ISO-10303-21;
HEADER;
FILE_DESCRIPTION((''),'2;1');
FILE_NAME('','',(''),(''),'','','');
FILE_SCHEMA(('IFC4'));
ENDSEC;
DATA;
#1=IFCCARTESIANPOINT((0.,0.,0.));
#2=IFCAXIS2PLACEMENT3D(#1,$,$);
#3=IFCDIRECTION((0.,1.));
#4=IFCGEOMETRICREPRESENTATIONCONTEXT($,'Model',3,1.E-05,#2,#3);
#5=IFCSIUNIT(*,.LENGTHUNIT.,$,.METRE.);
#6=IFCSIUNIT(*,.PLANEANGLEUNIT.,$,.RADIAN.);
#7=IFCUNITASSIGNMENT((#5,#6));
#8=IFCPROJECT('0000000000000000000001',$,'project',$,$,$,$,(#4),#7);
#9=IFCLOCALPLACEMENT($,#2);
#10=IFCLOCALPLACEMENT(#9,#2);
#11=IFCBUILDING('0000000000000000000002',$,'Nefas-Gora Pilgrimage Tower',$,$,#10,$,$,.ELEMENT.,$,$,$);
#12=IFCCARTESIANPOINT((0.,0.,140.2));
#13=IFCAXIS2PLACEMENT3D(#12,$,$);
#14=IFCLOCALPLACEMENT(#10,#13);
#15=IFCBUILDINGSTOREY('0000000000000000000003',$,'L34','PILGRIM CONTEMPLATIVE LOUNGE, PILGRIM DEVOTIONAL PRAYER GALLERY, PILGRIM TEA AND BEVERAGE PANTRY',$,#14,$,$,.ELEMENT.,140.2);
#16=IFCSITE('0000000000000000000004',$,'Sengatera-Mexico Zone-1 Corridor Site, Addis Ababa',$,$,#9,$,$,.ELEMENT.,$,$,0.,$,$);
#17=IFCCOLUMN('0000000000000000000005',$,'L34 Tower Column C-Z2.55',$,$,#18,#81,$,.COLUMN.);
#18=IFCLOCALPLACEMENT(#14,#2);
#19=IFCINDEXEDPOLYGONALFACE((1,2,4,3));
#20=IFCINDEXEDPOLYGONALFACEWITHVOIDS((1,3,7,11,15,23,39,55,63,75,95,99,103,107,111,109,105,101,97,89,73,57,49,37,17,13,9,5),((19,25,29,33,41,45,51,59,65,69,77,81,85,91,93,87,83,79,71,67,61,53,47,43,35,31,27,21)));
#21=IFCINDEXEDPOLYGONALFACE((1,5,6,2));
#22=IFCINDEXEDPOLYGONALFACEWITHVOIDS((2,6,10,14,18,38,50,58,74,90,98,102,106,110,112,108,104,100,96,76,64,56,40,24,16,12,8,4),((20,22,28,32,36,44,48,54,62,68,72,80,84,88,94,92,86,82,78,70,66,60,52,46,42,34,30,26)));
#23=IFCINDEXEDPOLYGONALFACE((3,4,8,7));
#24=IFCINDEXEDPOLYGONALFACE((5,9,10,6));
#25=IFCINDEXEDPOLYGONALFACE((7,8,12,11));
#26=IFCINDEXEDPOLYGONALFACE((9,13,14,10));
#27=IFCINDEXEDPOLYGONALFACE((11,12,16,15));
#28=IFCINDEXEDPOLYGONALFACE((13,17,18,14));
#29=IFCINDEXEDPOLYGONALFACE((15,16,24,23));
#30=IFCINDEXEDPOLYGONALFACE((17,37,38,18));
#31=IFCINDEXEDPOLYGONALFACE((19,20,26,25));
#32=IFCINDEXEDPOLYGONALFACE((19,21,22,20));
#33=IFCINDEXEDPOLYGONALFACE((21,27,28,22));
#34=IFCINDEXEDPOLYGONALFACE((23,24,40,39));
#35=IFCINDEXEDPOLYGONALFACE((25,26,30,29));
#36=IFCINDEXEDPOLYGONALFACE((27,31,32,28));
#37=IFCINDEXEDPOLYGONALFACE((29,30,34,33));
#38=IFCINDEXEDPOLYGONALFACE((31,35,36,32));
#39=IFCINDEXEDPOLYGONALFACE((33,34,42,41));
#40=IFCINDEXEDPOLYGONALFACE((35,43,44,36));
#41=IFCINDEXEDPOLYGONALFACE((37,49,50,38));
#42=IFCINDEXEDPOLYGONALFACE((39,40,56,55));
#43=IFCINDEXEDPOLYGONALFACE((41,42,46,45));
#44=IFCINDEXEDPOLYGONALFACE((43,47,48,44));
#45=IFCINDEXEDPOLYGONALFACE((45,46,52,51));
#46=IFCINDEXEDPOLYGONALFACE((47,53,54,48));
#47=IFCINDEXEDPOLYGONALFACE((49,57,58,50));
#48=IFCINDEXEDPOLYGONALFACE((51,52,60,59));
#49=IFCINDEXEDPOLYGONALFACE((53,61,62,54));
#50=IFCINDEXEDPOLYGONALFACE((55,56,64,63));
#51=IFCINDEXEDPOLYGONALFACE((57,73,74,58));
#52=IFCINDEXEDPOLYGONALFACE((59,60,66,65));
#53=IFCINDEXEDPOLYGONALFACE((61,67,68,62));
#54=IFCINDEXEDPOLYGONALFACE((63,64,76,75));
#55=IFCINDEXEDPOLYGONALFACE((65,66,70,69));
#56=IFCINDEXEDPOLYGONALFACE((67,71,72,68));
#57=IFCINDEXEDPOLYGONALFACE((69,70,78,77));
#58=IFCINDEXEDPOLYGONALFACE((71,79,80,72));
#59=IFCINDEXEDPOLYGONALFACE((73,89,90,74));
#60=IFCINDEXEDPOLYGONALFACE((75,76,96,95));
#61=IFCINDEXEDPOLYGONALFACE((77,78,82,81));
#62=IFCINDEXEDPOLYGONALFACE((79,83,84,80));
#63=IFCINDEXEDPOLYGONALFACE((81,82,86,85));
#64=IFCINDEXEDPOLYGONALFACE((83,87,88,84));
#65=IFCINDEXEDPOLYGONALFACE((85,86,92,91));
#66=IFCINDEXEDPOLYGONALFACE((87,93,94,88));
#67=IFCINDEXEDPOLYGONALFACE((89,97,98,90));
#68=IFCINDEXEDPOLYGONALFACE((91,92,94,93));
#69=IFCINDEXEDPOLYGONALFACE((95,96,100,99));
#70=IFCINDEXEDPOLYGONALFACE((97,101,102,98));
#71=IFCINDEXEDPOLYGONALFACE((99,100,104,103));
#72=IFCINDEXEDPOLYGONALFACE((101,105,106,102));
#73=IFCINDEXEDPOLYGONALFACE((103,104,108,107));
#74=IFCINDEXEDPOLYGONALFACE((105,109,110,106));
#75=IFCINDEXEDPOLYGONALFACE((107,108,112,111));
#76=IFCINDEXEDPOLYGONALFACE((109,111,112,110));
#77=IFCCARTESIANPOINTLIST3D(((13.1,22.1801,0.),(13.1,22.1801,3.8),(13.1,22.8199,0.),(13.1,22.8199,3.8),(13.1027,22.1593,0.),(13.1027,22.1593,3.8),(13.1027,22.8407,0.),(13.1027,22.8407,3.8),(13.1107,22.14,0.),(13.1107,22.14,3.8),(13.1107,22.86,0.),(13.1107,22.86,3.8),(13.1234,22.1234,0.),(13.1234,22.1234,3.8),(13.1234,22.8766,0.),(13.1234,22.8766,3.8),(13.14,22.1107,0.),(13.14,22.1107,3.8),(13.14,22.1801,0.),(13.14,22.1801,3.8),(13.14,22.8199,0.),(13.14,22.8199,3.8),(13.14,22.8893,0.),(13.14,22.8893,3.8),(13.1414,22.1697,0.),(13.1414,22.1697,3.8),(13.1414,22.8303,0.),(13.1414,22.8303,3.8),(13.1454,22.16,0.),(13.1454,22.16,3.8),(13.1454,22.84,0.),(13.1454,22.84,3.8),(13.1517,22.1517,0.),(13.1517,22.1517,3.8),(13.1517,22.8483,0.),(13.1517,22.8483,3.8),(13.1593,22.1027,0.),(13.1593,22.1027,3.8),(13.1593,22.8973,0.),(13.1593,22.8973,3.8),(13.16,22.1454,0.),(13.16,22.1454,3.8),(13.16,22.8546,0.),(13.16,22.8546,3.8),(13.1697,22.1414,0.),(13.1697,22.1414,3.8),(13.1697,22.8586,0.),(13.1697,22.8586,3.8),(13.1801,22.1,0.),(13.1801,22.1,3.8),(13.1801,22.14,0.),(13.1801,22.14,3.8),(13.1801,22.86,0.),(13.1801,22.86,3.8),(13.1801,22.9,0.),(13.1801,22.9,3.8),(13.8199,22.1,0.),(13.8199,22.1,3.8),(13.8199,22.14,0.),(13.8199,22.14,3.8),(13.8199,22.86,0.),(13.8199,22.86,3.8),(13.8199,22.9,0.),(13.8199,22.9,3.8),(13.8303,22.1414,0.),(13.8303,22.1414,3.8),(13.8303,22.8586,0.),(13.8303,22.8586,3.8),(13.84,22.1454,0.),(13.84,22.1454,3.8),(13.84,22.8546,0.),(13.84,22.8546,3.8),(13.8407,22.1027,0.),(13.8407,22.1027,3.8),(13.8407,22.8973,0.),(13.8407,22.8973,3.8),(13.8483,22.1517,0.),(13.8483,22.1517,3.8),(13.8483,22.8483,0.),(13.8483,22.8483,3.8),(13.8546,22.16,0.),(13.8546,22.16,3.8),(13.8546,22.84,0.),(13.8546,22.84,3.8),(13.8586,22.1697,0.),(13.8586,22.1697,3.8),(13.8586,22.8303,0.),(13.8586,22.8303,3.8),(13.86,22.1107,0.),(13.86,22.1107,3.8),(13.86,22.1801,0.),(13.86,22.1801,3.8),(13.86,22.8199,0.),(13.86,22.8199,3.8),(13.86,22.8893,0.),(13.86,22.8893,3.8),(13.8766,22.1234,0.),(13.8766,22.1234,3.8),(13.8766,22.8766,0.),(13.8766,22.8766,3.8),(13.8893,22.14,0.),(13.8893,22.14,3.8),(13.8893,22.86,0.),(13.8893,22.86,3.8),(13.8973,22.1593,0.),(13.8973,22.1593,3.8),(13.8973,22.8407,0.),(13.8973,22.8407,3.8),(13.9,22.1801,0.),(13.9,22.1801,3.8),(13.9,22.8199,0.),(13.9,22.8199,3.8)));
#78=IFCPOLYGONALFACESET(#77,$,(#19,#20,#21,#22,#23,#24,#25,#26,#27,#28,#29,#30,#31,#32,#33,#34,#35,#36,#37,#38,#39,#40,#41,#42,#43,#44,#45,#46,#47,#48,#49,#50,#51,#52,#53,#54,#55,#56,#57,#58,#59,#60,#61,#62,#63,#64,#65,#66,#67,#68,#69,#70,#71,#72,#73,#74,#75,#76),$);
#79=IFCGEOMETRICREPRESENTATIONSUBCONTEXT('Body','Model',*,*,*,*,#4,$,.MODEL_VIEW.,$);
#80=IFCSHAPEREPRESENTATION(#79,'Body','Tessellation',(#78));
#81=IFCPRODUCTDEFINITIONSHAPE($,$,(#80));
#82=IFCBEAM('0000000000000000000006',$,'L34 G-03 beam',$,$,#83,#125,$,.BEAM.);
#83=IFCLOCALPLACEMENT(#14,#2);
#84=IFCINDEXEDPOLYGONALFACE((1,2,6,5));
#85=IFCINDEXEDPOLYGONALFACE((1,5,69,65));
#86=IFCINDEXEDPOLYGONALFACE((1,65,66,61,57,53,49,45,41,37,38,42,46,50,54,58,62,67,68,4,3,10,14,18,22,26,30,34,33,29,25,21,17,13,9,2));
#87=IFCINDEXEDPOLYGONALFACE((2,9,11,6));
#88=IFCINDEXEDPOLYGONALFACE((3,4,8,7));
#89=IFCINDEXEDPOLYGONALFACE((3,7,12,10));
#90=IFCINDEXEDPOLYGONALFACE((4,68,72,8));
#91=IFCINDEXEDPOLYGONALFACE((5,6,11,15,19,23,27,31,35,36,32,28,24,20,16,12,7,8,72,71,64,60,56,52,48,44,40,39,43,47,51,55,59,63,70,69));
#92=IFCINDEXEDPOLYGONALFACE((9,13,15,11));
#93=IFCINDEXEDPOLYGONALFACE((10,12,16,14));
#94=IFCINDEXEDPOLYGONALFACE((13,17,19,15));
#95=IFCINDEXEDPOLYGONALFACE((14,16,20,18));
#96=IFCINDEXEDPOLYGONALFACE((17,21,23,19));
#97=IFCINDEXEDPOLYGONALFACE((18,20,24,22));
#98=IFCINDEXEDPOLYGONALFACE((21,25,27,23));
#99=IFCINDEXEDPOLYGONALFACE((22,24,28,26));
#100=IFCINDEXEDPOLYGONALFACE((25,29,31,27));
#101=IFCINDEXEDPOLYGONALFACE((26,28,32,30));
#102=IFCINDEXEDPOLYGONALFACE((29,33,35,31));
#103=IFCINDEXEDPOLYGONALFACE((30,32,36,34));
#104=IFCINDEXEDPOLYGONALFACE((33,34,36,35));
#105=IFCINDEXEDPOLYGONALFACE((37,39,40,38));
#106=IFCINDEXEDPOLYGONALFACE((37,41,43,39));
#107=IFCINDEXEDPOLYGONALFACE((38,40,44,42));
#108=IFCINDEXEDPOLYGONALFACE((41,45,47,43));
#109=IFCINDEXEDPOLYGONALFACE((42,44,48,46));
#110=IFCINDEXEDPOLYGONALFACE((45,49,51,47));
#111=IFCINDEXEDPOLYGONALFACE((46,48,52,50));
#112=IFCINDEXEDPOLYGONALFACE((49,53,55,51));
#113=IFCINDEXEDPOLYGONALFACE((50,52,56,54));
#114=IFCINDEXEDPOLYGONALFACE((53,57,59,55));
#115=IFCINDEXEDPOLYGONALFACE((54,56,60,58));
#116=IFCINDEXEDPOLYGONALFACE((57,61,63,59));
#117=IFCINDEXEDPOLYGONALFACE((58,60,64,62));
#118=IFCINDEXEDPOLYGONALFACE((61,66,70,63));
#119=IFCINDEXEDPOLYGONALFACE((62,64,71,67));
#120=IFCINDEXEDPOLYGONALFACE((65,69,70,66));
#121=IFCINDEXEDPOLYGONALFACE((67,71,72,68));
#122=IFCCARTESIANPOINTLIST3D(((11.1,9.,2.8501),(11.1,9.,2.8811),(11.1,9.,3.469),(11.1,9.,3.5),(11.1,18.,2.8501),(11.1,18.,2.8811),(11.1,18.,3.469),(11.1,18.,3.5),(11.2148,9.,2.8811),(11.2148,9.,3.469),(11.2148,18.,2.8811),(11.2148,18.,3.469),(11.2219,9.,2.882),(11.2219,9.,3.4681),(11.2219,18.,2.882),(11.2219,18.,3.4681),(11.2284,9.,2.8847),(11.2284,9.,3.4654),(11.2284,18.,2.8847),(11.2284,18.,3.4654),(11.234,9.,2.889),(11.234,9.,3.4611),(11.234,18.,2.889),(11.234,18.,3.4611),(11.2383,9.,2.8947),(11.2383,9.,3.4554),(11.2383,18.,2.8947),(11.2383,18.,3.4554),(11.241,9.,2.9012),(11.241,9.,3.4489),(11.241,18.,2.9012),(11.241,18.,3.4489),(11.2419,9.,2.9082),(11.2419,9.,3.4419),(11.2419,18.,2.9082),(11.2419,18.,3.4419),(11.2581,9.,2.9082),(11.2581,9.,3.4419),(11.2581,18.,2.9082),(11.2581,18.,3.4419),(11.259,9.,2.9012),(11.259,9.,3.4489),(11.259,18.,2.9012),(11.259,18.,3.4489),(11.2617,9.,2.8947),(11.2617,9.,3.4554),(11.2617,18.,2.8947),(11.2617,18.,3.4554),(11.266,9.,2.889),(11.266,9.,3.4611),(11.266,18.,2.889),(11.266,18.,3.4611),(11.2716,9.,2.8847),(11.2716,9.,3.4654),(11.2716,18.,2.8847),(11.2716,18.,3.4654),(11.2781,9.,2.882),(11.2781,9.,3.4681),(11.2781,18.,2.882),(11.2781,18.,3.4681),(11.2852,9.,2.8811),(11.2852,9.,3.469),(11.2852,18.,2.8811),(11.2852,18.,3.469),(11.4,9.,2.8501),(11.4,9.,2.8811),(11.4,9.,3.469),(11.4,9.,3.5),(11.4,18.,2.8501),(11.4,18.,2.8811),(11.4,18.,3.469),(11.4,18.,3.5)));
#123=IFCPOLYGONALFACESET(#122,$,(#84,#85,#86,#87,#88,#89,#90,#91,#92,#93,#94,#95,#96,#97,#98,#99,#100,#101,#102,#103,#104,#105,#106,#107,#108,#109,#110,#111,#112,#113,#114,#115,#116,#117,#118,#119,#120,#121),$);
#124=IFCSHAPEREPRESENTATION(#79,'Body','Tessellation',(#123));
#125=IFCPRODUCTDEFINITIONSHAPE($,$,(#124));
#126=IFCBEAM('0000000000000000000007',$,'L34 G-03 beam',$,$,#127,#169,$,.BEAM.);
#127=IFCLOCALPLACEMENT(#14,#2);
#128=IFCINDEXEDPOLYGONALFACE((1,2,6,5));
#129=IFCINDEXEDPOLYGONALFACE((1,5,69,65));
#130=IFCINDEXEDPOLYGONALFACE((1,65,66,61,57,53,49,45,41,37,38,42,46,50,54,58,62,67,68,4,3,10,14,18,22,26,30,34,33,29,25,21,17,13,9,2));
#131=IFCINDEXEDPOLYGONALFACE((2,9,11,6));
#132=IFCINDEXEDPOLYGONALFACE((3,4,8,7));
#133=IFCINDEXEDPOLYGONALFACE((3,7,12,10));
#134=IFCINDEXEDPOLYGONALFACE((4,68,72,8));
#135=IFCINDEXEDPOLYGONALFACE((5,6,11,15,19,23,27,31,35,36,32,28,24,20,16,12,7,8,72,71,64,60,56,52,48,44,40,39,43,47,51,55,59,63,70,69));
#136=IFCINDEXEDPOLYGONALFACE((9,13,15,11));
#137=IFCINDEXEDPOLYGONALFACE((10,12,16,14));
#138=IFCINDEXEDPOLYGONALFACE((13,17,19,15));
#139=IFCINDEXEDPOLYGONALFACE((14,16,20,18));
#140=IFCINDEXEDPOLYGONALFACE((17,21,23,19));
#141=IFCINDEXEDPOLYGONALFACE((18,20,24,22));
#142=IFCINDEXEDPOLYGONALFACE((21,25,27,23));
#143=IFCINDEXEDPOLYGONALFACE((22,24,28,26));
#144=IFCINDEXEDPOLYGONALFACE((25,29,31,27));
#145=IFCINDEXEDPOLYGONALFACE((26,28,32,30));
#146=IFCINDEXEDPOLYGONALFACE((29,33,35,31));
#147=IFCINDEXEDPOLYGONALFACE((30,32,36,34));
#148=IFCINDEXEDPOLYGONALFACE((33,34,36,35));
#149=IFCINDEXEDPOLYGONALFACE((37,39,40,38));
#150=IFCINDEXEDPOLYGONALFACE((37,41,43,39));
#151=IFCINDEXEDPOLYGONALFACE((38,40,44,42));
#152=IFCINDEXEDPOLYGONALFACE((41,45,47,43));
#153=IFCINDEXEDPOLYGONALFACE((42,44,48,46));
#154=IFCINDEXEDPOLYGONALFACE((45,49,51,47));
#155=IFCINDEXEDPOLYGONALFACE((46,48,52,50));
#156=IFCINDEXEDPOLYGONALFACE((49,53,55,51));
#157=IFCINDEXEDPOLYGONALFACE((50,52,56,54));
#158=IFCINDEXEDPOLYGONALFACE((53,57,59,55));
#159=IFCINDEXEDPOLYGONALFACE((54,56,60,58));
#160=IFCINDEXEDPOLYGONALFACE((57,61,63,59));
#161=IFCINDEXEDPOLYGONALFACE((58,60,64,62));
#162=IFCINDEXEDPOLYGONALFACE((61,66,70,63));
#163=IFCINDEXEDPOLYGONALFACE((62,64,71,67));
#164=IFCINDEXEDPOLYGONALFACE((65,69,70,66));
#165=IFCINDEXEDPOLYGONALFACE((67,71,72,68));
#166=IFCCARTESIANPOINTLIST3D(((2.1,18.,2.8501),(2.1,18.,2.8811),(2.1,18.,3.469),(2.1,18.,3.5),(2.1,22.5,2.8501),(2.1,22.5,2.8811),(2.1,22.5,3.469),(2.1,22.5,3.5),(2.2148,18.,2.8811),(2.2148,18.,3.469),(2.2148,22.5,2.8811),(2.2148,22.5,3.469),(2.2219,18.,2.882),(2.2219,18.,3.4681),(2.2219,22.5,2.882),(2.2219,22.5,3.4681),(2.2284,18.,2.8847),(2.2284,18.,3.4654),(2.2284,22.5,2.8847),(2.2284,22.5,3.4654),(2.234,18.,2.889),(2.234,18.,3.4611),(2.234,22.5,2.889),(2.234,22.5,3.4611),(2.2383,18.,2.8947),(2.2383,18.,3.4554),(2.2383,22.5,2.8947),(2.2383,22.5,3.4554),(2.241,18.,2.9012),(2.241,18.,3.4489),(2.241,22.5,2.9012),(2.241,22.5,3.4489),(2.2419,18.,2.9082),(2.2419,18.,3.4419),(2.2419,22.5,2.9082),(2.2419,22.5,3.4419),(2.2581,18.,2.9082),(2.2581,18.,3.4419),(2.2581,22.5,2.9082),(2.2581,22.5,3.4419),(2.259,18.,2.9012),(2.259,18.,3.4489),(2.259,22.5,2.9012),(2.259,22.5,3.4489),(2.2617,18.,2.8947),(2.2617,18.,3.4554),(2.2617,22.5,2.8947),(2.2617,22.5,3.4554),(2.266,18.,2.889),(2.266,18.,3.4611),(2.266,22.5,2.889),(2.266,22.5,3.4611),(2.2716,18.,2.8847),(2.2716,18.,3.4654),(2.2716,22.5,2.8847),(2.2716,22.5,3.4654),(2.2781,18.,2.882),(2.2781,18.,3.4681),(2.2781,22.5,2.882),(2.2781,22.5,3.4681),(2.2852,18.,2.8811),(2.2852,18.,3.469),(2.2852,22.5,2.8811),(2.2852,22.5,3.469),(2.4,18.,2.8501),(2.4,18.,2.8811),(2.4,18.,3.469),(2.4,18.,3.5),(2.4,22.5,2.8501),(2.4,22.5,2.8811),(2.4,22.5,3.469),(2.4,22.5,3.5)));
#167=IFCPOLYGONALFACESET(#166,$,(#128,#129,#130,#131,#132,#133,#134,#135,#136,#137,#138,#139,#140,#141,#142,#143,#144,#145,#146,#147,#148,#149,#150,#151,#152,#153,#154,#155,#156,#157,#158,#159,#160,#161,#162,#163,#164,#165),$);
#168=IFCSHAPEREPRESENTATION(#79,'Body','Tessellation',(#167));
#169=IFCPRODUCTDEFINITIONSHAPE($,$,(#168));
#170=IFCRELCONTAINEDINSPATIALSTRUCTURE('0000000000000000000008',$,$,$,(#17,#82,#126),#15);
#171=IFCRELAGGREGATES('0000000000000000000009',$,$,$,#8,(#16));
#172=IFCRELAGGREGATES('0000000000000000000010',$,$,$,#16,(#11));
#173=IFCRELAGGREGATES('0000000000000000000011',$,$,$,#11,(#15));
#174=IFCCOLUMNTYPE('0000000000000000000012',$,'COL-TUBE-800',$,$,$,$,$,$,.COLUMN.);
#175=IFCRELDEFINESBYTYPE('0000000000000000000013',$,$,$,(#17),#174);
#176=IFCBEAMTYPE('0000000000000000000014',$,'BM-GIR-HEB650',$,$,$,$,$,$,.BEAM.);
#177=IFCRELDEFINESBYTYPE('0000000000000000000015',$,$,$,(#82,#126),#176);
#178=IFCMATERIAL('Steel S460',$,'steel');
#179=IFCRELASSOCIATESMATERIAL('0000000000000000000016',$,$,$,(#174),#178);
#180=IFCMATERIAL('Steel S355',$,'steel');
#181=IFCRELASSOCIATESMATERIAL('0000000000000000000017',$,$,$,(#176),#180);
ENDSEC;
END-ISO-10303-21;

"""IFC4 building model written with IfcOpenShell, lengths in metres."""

from ifc_helpers import new_model, si_unit, direction, frame, origin, origin_2d, place, context, subcontext, project, spatial, hollow_rectangle, i_section, extrude, source, transform, mapped, material, material_profile, profile_set, type_object, element, save


model = new_model("IFC4")

# Units and contexts
model_context = context("Model", 3, precision=1e-05, world=origin(), true_north=direction((0.0, 1.0)))
body_context = subcontext(model_context, "Body", "Model", "MODEL_VIEW")
ifc_project = project(units=[si_unit("LENGTHUNIT", "METRE"), si_unit("PLANEANGLEUNIT", "RADIAN")], contexts=[model_context])

# Site, building, storey
site_placement = place(None, origin())
site = spatial("IfcSite", under=ifc_project, at=site_placement, Name="Sengatera-Mexico Zone-1 Corridor Site, Addis Ababa", CompositionType="ELEMENT", RefElevation=0.0)
building_placement = place(site_placement, origin())
building = spatial("IfcBuilding", under=site, at=building_placement, Name="Nefas-Gora Pilgrimage Tower", CompositionType="ELEMENT")
storey_placement = place(building_placement, frame((0.0, 0.0, 140.2)))
storey = spatial("IfcBuildingStorey", under=building, at=storey_placement, Name="L34", Description="PILGRIM CONTEMPLATIVE LOUNGE, PILGRIM DEVOTIONAL PRAYER GALLERY, PILGRIM TEA AND BEVERAGE PANTRY", CompositionType="ELEMENT", Elevation=140.2)

# Column
ifc_material_1 = material(Name="Steel S460", Category="steel")
ifc_material_profile_1 = material_profile(ifc_material_1, hollow_rectangle(XDim=0.8, YDim=0.8, WallThickness=0.04, InnerFilletRadius=0.04, OuterFilletRadius=0.0801, at=origin_2d()), Name="BOX 800x800x40")
ifc_profile_set_1 = profile_set([ifc_material_profile_1], Name="Steel S460")
column_type_1 = type_object("IfcColumnType", Name="COL-TUBE-800", PredefinedType="COLUMN", material=ifc_profile_set_1)
shared_shape_1 = source(origin(), body_context, "Body", "SweptSolid", [
    extrude(hollow_rectangle(XDim=0.8, YDim=0.8, WallThickness=0.04, InnerFilletRadius=0.04, OuterFilletRadius=0.0801, at=origin_2d()), origin(), (0.0, 0.0, 1.0), 3.8),
])
for number, where, z_axis, x_axis, name in (
    (1, (13.5, 22.5, 0.0), (0.0, 0.0, 1.0), (1.0, 0.0, 0.0), "L34 Tower Column C-Z2.55"),
):
    element("IfcColumn", number, at=place(storey_placement, frame(where, z_axis=z_axis, x_axis=x_axis)), inside=storey, type_object=column_type_1, Name=name, PredefinedType="COLUMN", context=body_context, shape_type="MappedRepresentation", body=[
        mapped(shared_shape_1, transform((0.0, 0.0, 0.0), x_axis=(1.0, 0.0, 0.0), y_axis=(0.0, 1.0, 0.0), z_axis=(0.0, 0.0, 1.0), scale=1.0)),
    ])

# Beams
ifc_material_2 = material(Name="Steel S355", Category="steel")
ifc_material_profile_2 = material_profile(ifc_material_2, i_section(OverallWidth=0.3, OverallDepth=0.6499, WebThickness=0.0161, FlangeThickness=0.031, FilletRadius=0.0271, at=origin_2d()), Name="HEB 650")
ifc_profile_set_2 = profile_set([ifc_material_profile_2], Name="Steel S355")
beam_type_1 = type_object("IfcBeamType", Name="BM-GIR-HEB650", PredefinedType="BEAM", material=ifc_profile_set_2)
shared_shape_2 = source(origin(), body_context, "Body", "SweptSolid", [
    extrude(i_section(OverallWidth=0.3, OverallDepth=0.6499, WebThickness=0.0161, FlangeThickness=0.031, FilletRadius=0.0271, at=origin_2d()), origin(), (0.0, 0.0, 1.0), 9.0),
])
beam_1_placement = place(storey_placement, frame((11.25, 9.0, 3.175), z_axis=(0.0, 1.0, 0.0), x_axis=(-1.0, 0.0, 0.0)))
element("IfcBeam", 2, at=beam_1_placement, inside=storey, type_object=beam_type_1, Name="L34 G-03 beam", PredefinedType="BEAM", context=body_context, shape_type="MappedRepresentation", body=[
    mapped(shared_shape_2, transform((0.0, 0.0, 0.0), x_axis=(1.0, 0.0, 0.0), y_axis=(0.0, 1.0, 0.0), z_axis=(0.0, 0.0, 1.0), scale=1.0)),
])
shared_shape_3 = source(origin(), body_context, "Body", "SweptSolid", [
    extrude(i_section(OverallWidth=0.3, OverallDepth=0.6499, WebThickness=0.0161, FlangeThickness=0.031, FilletRadius=0.0271, at=origin_2d()), origin(), (0.0, 0.0, 1.0), 4.5),
])
for number, where, z_axis, x_axis, name in (
    (3, (2.25, 18.0, 3.175), (0.0, 1.0, 0.0), (-1.0, 0.0, 0.0), "L34 G-03 beam"),
):
    element("IfcBeam", number, at=place(storey_placement, frame(where, z_axis=z_axis, x_axis=x_axis)), inside=storey, type_object=beam_type_1, Name=name, PredefinedType="BEAM", context=body_context, shape_type="MappedRepresentation", body=[
        mapped(shared_shape_3, transform((0.0, 0.0, 0.0), x_axis=(1.0, 0.0, 0.0), y_axis=(0.0, 1.0, 0.0), z_axis=(0.0, 0.0, 1.0), scale=1.0)),
    ])

save(model, "model.ifc")
